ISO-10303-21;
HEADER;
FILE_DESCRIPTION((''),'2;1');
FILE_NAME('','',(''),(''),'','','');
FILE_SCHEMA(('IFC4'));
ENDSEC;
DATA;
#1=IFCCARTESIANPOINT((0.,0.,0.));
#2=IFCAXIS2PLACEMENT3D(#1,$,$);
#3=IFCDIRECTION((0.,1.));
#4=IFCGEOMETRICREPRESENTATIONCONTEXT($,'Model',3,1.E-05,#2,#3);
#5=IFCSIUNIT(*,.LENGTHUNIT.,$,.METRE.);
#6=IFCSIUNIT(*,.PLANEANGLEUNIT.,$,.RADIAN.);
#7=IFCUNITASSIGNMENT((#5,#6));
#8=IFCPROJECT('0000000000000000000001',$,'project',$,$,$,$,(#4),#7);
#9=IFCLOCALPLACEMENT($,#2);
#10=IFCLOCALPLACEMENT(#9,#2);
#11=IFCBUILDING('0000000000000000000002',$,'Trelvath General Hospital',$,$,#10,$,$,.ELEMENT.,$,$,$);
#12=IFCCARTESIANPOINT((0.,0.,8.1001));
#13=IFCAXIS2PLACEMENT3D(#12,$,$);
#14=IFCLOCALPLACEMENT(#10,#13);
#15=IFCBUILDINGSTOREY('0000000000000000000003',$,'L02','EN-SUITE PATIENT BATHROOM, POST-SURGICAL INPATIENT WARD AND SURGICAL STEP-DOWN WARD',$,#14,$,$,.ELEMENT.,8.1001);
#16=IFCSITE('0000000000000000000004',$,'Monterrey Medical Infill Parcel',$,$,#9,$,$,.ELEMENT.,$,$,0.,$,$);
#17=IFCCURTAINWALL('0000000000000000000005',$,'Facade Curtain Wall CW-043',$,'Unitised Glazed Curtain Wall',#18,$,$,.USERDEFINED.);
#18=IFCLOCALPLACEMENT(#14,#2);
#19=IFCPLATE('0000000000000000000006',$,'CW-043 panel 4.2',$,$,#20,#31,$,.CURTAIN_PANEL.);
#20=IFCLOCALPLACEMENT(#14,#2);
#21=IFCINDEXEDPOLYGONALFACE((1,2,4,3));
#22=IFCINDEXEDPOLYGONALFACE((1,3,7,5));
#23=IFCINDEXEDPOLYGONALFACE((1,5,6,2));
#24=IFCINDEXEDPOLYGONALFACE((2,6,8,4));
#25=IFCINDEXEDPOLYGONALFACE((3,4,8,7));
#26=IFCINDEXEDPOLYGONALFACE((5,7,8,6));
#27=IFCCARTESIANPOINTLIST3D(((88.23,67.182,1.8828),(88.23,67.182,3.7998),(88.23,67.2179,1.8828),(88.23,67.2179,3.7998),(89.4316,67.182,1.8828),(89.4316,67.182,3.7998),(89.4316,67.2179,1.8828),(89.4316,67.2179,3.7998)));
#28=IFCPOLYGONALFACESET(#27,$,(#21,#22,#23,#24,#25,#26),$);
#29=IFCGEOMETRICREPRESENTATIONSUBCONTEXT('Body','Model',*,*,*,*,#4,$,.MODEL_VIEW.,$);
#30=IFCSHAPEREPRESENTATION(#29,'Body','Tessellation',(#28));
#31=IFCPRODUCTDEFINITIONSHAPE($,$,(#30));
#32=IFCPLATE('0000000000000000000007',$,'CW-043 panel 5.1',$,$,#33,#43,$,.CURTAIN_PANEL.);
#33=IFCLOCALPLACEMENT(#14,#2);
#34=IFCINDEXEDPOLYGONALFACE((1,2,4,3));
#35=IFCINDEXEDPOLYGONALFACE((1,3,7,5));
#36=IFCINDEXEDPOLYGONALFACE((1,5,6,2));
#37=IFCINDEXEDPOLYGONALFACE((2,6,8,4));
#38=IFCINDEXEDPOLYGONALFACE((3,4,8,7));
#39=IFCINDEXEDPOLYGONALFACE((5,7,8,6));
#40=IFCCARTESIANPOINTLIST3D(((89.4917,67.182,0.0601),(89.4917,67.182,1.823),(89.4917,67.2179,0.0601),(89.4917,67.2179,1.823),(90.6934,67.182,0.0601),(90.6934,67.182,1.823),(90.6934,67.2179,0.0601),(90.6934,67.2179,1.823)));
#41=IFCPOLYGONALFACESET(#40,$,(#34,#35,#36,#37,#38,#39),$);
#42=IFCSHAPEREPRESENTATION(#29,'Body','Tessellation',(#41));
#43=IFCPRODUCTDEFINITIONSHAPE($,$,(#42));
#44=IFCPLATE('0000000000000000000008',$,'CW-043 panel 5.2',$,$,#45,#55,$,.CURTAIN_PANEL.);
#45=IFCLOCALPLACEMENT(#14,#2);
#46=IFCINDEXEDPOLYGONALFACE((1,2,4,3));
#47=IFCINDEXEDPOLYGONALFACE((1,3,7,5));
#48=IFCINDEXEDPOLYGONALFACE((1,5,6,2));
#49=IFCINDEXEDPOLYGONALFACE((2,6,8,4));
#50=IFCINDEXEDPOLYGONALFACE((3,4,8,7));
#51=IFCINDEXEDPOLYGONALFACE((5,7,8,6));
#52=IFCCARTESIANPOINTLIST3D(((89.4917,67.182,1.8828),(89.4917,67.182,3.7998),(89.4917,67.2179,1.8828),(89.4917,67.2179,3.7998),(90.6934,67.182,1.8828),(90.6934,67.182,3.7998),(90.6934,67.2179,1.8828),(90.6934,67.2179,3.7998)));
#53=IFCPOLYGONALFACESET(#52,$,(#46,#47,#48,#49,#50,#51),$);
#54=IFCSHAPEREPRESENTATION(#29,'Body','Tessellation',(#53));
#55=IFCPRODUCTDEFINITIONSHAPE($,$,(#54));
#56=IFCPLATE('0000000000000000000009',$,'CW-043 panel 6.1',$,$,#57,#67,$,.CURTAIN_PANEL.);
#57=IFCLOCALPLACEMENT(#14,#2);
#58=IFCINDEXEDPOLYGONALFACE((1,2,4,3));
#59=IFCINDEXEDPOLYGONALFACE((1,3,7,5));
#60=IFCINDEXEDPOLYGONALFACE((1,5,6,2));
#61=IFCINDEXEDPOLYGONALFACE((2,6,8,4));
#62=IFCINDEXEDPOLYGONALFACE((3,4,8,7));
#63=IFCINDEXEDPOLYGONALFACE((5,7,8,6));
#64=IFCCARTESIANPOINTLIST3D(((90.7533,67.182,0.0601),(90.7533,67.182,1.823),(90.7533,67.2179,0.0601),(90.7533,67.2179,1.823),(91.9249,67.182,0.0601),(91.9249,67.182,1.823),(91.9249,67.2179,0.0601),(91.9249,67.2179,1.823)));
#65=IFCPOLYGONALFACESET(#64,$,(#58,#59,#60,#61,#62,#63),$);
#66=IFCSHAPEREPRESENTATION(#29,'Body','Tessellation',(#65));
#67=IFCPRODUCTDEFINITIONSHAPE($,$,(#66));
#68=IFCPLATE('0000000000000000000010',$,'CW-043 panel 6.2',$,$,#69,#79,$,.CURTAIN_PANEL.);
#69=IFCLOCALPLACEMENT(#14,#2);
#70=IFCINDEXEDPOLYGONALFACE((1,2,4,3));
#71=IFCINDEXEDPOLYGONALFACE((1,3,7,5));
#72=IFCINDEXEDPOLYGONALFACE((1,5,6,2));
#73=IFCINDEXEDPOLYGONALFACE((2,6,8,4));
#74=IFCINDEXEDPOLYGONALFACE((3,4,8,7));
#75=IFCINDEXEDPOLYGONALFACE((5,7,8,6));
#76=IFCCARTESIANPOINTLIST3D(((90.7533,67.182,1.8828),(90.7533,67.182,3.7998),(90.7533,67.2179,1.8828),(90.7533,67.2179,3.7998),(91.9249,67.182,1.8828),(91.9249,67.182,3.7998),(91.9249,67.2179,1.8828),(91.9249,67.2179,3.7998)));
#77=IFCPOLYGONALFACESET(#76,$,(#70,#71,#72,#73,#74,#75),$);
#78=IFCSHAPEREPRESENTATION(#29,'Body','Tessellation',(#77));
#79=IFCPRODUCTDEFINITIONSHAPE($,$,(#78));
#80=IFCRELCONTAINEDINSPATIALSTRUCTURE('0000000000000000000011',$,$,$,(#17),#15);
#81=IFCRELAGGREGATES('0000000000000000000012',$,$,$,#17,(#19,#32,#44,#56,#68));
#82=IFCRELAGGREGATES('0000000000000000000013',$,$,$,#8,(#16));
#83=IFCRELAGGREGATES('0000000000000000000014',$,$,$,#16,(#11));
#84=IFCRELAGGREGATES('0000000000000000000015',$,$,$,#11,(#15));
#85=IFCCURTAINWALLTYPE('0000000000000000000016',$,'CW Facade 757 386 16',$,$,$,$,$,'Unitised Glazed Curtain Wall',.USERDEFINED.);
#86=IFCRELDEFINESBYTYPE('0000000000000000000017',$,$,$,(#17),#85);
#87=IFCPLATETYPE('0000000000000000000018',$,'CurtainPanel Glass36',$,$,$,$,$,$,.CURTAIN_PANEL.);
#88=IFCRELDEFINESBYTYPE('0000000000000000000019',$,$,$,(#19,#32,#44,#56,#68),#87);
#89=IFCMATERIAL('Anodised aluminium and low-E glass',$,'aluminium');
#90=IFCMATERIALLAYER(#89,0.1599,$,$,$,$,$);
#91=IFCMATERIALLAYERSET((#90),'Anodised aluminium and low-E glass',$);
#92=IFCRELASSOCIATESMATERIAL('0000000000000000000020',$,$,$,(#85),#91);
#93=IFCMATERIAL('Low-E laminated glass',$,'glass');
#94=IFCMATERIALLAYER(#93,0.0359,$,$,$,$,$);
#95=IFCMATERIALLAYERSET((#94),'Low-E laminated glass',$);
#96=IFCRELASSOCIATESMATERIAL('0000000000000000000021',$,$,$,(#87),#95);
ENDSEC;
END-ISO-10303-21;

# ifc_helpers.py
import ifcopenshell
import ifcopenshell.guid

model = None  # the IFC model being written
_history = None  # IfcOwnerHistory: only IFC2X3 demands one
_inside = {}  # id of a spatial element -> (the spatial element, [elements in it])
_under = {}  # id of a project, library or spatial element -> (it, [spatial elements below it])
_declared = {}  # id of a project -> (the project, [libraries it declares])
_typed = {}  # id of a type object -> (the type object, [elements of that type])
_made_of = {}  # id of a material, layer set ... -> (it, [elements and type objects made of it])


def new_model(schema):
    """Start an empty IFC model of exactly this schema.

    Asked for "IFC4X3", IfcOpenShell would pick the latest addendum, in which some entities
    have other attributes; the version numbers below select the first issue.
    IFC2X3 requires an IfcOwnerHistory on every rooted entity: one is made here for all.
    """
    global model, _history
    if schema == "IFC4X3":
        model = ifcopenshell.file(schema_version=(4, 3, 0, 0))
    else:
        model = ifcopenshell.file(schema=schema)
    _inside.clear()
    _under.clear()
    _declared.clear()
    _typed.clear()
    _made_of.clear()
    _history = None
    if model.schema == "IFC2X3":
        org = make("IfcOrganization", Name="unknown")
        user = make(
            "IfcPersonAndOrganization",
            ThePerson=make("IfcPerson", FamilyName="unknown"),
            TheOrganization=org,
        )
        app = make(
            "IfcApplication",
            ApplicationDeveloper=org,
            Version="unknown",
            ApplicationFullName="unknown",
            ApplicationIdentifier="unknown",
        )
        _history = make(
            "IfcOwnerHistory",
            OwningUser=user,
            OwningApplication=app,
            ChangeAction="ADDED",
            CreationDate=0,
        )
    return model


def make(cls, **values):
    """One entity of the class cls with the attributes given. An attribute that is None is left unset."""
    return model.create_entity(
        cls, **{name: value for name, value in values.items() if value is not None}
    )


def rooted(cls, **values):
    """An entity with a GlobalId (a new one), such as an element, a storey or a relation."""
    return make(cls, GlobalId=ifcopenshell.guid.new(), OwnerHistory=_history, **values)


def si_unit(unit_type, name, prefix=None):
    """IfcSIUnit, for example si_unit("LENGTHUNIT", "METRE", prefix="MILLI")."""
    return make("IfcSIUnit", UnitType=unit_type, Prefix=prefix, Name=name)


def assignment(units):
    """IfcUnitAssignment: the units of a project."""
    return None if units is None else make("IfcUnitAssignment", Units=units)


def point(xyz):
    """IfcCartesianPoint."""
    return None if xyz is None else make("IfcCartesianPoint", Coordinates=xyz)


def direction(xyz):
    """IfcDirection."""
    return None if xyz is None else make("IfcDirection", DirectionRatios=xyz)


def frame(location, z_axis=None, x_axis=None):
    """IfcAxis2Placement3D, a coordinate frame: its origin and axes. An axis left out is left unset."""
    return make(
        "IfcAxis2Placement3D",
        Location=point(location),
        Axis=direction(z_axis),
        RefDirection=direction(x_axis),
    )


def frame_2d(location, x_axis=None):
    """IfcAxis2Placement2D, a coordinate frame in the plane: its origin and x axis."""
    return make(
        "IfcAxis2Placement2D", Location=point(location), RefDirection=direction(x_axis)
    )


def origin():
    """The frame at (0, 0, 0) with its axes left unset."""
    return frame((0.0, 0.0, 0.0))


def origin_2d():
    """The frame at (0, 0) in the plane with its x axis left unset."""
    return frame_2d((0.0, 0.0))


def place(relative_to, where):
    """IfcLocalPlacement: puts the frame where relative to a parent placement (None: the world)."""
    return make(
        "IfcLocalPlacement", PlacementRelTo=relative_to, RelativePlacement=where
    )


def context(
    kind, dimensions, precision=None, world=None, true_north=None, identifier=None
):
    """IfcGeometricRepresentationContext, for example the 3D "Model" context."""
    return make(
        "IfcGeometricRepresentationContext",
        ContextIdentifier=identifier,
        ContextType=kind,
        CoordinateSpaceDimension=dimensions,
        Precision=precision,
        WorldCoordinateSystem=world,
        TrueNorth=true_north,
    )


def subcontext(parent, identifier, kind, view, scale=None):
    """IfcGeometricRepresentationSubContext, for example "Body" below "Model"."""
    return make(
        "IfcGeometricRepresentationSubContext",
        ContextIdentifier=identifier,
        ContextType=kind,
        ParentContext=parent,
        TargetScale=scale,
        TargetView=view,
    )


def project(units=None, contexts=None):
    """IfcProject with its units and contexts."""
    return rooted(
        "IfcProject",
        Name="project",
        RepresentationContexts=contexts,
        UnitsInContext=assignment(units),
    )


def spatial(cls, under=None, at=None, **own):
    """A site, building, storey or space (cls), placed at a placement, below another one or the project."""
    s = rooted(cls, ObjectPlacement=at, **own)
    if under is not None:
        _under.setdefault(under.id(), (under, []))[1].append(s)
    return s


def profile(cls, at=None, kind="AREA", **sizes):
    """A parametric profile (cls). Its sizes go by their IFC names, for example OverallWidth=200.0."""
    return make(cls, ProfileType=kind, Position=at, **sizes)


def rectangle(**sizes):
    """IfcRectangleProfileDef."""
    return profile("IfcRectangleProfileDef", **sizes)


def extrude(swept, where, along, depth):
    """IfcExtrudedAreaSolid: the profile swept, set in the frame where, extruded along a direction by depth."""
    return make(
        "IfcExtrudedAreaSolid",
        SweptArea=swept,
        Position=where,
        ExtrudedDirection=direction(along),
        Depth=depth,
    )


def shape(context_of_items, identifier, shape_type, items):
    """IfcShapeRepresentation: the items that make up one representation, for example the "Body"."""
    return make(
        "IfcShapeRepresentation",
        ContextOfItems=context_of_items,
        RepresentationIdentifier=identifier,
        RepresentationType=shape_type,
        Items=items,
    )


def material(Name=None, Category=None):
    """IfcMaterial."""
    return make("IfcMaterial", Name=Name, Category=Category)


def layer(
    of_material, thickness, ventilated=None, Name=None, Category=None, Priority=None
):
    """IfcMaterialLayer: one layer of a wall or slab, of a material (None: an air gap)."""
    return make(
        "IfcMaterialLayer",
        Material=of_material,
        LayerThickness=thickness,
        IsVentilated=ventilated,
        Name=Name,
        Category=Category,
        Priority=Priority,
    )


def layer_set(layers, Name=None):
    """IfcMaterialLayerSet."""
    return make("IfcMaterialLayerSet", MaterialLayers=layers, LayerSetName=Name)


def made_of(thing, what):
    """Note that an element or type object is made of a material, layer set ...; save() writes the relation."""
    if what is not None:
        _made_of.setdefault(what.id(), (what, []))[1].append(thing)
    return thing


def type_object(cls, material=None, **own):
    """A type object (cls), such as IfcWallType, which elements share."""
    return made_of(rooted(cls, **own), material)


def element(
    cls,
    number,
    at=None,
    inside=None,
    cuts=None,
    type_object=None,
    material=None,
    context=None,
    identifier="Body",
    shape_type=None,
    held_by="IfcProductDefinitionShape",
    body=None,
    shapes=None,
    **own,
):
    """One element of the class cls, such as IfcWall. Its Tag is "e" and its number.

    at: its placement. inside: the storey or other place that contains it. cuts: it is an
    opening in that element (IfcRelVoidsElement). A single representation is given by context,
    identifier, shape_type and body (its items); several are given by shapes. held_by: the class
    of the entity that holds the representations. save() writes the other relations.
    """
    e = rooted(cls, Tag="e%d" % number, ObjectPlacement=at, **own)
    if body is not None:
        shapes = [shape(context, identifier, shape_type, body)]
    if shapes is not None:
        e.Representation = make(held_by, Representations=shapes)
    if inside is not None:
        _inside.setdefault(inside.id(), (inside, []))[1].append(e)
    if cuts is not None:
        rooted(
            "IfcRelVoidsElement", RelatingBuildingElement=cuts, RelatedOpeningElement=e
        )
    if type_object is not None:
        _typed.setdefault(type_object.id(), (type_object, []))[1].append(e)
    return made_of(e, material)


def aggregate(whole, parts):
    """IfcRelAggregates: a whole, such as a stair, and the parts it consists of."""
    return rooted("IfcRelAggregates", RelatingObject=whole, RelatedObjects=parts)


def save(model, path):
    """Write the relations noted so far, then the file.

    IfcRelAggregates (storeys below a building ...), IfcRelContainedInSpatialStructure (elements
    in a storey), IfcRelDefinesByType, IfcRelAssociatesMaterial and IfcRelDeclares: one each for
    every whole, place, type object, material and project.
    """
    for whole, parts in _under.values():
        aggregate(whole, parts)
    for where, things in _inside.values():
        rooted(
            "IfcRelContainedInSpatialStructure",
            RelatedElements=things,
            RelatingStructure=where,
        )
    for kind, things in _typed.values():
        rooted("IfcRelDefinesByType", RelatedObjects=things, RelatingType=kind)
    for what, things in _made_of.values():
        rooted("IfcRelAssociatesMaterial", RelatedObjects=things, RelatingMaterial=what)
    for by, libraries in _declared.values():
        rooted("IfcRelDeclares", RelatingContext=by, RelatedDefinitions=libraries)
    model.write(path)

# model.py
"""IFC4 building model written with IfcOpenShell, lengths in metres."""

from ifc_helpers import new_model, si_unit, direction, frame, origin, origin_2d, place, context, subcontext, project, spatial, rectangle, extrude, material, layer, layer_set, type_object, element, aggregate, save


model = new_model("IFC4")

# Units and contexts
model_context = context("Model", 3, precision=1e-05, world=origin(), true_north=direction((0.0, 1.0)))
body_context = subcontext(model_context, "Body", "Model", "MODEL_VIEW")
ifc_project = project(units=[si_unit("LENGTHUNIT", "METRE"), si_unit("PLANEANGLEUNIT", "RADIAN")], contexts=[model_context])

# Site, building, storey
site_placement = place(None, origin())
site = spatial("IfcSite", under=ifc_project, at=site_placement, Name="Monterrey Medical Infill Parcel", CompositionType="ELEMENT", RefElevation=0.0)
building_placement = place(site_placement, origin())
building = spatial("IfcBuilding", under=site, at=building_placement, Name="Trelvath General Hospital", CompositionType="ELEMENT")
storey_placement = place(building_placement, frame((0.0, 0.0, 8.1001)))
storey = spatial("IfcBuildingStorey", under=building, at=storey_placement, Name="L02", Description="EN-SUITE PATIENT BATHROOM, POST-SURGICAL INPATIENT WARD AND SURGICAL STEP-DOWN WARD", CompositionType="ELEMENT", Elevation=8.1001)

# Curtain wall
ifc_material_1 = material(Name="Anodised aluminium and low-E glass", Category="aluminium")
ifc_layer_1 = layer(ifc_material_1, 0.1599)
ifc_layer_set_1 = layer_set([ifc_layer_1], Name="Anodised aluminium and low-E glass")
curtain_wall_type_1 = type_object("IfcCurtainWallType", Name="CW Facade 757 386 16", ElementType="Unitised Glazed Curtain Wall", PredefinedType="USERDEFINED", material=ifc_layer_set_1)
curtain_wall_1_placement = place(storey_placement, origin())
curtain_wall_1 = element("IfcCurtainWall", 1, at=curtain_wall_1_placement, inside=storey, type_object=curtain_wall_type_1, Name="Facade Curtain Wall CW-043", ObjectType="Unitised Glazed Curtain Wall", PredefinedType="USERDEFINED")

# Plates
ifc_material_2 = material(Name="Low-E laminated glass", Category="glass")
ifc_layer_2 = layer(ifc_material_2, 0.0359)
ifc_layer_set_2 = layer_set([ifc_layer_2], Name="Low-E laminated glass")
plate_type_1 = type_object("IfcPlateType", Name="CurtainPanel Glass36", PredefinedType="CURTAIN_PANEL", material=ifc_layer_set_2)
plate_1_placement = place(storey_placement, frame((88.8308, 67.2, 1.8828), z_axis=(0.0, 0.0, 1.0), x_axis=(1.0, 0.0, 0.0)))
plate_1 = element("IfcPlate", 2, at=plate_1_placement, type_object=plate_type_1, Name="CW-043 panel 4.2", PredefinedType="CURTAIN_PANEL", context=body_context, shape_type="SweptSolid", body=[
    extrude(rectangle(XDim=1.2017, YDim=0.0359, at=origin_2d()), origin(), (0.0, 0.0, 1.0), 1.917),
])
plate_2_placement = place(storey_placement, frame((90.0925, 67.2, 0.0601), z_axis=(0.0, 0.0, 1.0), x_axis=(1.0, 0.0, 0.0)))
plate_2 = element("IfcPlate", 3, at=plate_2_placement, type_object=plate_type_1, Name="CW-043 panel 5.1", PredefinedType="CURTAIN_PANEL", context=body_context, shape_type="SweptSolid", body=[
    extrude(rectangle(XDim=1.2017, YDim=0.0359, at=origin_2d()), origin(), (0.0, 0.0, 1.0), 1.7629),
])
plate_3_placement = place(storey_placement, frame((90.0925, 67.2, 1.8828), z_axis=(0.0, 0.0, 1.0), x_axis=(1.0, 0.0, 0.0)))
plate_3 = element("IfcPlate", 4, at=plate_3_placement, type_object=plate_type_1, Name="CW-043 panel 5.2", PredefinedType="CURTAIN_PANEL", context=body_context, shape_type="SweptSolid", body=[
    extrude(rectangle(XDim=1.2017, YDim=0.0359, at=origin_2d()), origin(), (0.0, 0.0, 1.0), 1.917),
])
plate_4_placement = place(storey_placement, frame((91.3391, 67.2, 0.0601), z_axis=(0.0, 0.0, 1.0), x_axis=(1.0, 0.0, 0.0)))
plate_4 = element("IfcPlate", 5, at=plate_4_placement, type_object=plate_type_1, Name="CW-043 panel 6.1", PredefinedType="CURTAIN_PANEL", context=body_context, shape_type="SweptSolid", body=[
    extrude(rectangle(XDim=1.1716, YDim=0.0359, at=origin_2d()), origin(), (0.0, 0.0, 1.0), 1.7629),
])
plate_5_placement = place(storey_placement, frame((91.3391, 67.2, 1.8828), z_axis=(0.0, 0.0, 1.0), x_axis=(1.0, 0.0, 0.0)))
plate_5 = element("IfcPlate", 6, at=plate_5_placement, type_object=plate_type_1, Name="CW-043 panel 6.2", PredefinedType="CURTAIN_PANEL", context=body_context, shape_type="SweptSolid", body=[
    extrude(rectangle(XDim=1.1716, YDim=0.0359, at=origin_2d()), origin(), (0.0, 0.0, 1.0), 1.917),
])
aggregate(curtain_wall_1, [plate_1, plate_2, plate_3, plate_4, plate_5])

save(model, "model.ifc")
